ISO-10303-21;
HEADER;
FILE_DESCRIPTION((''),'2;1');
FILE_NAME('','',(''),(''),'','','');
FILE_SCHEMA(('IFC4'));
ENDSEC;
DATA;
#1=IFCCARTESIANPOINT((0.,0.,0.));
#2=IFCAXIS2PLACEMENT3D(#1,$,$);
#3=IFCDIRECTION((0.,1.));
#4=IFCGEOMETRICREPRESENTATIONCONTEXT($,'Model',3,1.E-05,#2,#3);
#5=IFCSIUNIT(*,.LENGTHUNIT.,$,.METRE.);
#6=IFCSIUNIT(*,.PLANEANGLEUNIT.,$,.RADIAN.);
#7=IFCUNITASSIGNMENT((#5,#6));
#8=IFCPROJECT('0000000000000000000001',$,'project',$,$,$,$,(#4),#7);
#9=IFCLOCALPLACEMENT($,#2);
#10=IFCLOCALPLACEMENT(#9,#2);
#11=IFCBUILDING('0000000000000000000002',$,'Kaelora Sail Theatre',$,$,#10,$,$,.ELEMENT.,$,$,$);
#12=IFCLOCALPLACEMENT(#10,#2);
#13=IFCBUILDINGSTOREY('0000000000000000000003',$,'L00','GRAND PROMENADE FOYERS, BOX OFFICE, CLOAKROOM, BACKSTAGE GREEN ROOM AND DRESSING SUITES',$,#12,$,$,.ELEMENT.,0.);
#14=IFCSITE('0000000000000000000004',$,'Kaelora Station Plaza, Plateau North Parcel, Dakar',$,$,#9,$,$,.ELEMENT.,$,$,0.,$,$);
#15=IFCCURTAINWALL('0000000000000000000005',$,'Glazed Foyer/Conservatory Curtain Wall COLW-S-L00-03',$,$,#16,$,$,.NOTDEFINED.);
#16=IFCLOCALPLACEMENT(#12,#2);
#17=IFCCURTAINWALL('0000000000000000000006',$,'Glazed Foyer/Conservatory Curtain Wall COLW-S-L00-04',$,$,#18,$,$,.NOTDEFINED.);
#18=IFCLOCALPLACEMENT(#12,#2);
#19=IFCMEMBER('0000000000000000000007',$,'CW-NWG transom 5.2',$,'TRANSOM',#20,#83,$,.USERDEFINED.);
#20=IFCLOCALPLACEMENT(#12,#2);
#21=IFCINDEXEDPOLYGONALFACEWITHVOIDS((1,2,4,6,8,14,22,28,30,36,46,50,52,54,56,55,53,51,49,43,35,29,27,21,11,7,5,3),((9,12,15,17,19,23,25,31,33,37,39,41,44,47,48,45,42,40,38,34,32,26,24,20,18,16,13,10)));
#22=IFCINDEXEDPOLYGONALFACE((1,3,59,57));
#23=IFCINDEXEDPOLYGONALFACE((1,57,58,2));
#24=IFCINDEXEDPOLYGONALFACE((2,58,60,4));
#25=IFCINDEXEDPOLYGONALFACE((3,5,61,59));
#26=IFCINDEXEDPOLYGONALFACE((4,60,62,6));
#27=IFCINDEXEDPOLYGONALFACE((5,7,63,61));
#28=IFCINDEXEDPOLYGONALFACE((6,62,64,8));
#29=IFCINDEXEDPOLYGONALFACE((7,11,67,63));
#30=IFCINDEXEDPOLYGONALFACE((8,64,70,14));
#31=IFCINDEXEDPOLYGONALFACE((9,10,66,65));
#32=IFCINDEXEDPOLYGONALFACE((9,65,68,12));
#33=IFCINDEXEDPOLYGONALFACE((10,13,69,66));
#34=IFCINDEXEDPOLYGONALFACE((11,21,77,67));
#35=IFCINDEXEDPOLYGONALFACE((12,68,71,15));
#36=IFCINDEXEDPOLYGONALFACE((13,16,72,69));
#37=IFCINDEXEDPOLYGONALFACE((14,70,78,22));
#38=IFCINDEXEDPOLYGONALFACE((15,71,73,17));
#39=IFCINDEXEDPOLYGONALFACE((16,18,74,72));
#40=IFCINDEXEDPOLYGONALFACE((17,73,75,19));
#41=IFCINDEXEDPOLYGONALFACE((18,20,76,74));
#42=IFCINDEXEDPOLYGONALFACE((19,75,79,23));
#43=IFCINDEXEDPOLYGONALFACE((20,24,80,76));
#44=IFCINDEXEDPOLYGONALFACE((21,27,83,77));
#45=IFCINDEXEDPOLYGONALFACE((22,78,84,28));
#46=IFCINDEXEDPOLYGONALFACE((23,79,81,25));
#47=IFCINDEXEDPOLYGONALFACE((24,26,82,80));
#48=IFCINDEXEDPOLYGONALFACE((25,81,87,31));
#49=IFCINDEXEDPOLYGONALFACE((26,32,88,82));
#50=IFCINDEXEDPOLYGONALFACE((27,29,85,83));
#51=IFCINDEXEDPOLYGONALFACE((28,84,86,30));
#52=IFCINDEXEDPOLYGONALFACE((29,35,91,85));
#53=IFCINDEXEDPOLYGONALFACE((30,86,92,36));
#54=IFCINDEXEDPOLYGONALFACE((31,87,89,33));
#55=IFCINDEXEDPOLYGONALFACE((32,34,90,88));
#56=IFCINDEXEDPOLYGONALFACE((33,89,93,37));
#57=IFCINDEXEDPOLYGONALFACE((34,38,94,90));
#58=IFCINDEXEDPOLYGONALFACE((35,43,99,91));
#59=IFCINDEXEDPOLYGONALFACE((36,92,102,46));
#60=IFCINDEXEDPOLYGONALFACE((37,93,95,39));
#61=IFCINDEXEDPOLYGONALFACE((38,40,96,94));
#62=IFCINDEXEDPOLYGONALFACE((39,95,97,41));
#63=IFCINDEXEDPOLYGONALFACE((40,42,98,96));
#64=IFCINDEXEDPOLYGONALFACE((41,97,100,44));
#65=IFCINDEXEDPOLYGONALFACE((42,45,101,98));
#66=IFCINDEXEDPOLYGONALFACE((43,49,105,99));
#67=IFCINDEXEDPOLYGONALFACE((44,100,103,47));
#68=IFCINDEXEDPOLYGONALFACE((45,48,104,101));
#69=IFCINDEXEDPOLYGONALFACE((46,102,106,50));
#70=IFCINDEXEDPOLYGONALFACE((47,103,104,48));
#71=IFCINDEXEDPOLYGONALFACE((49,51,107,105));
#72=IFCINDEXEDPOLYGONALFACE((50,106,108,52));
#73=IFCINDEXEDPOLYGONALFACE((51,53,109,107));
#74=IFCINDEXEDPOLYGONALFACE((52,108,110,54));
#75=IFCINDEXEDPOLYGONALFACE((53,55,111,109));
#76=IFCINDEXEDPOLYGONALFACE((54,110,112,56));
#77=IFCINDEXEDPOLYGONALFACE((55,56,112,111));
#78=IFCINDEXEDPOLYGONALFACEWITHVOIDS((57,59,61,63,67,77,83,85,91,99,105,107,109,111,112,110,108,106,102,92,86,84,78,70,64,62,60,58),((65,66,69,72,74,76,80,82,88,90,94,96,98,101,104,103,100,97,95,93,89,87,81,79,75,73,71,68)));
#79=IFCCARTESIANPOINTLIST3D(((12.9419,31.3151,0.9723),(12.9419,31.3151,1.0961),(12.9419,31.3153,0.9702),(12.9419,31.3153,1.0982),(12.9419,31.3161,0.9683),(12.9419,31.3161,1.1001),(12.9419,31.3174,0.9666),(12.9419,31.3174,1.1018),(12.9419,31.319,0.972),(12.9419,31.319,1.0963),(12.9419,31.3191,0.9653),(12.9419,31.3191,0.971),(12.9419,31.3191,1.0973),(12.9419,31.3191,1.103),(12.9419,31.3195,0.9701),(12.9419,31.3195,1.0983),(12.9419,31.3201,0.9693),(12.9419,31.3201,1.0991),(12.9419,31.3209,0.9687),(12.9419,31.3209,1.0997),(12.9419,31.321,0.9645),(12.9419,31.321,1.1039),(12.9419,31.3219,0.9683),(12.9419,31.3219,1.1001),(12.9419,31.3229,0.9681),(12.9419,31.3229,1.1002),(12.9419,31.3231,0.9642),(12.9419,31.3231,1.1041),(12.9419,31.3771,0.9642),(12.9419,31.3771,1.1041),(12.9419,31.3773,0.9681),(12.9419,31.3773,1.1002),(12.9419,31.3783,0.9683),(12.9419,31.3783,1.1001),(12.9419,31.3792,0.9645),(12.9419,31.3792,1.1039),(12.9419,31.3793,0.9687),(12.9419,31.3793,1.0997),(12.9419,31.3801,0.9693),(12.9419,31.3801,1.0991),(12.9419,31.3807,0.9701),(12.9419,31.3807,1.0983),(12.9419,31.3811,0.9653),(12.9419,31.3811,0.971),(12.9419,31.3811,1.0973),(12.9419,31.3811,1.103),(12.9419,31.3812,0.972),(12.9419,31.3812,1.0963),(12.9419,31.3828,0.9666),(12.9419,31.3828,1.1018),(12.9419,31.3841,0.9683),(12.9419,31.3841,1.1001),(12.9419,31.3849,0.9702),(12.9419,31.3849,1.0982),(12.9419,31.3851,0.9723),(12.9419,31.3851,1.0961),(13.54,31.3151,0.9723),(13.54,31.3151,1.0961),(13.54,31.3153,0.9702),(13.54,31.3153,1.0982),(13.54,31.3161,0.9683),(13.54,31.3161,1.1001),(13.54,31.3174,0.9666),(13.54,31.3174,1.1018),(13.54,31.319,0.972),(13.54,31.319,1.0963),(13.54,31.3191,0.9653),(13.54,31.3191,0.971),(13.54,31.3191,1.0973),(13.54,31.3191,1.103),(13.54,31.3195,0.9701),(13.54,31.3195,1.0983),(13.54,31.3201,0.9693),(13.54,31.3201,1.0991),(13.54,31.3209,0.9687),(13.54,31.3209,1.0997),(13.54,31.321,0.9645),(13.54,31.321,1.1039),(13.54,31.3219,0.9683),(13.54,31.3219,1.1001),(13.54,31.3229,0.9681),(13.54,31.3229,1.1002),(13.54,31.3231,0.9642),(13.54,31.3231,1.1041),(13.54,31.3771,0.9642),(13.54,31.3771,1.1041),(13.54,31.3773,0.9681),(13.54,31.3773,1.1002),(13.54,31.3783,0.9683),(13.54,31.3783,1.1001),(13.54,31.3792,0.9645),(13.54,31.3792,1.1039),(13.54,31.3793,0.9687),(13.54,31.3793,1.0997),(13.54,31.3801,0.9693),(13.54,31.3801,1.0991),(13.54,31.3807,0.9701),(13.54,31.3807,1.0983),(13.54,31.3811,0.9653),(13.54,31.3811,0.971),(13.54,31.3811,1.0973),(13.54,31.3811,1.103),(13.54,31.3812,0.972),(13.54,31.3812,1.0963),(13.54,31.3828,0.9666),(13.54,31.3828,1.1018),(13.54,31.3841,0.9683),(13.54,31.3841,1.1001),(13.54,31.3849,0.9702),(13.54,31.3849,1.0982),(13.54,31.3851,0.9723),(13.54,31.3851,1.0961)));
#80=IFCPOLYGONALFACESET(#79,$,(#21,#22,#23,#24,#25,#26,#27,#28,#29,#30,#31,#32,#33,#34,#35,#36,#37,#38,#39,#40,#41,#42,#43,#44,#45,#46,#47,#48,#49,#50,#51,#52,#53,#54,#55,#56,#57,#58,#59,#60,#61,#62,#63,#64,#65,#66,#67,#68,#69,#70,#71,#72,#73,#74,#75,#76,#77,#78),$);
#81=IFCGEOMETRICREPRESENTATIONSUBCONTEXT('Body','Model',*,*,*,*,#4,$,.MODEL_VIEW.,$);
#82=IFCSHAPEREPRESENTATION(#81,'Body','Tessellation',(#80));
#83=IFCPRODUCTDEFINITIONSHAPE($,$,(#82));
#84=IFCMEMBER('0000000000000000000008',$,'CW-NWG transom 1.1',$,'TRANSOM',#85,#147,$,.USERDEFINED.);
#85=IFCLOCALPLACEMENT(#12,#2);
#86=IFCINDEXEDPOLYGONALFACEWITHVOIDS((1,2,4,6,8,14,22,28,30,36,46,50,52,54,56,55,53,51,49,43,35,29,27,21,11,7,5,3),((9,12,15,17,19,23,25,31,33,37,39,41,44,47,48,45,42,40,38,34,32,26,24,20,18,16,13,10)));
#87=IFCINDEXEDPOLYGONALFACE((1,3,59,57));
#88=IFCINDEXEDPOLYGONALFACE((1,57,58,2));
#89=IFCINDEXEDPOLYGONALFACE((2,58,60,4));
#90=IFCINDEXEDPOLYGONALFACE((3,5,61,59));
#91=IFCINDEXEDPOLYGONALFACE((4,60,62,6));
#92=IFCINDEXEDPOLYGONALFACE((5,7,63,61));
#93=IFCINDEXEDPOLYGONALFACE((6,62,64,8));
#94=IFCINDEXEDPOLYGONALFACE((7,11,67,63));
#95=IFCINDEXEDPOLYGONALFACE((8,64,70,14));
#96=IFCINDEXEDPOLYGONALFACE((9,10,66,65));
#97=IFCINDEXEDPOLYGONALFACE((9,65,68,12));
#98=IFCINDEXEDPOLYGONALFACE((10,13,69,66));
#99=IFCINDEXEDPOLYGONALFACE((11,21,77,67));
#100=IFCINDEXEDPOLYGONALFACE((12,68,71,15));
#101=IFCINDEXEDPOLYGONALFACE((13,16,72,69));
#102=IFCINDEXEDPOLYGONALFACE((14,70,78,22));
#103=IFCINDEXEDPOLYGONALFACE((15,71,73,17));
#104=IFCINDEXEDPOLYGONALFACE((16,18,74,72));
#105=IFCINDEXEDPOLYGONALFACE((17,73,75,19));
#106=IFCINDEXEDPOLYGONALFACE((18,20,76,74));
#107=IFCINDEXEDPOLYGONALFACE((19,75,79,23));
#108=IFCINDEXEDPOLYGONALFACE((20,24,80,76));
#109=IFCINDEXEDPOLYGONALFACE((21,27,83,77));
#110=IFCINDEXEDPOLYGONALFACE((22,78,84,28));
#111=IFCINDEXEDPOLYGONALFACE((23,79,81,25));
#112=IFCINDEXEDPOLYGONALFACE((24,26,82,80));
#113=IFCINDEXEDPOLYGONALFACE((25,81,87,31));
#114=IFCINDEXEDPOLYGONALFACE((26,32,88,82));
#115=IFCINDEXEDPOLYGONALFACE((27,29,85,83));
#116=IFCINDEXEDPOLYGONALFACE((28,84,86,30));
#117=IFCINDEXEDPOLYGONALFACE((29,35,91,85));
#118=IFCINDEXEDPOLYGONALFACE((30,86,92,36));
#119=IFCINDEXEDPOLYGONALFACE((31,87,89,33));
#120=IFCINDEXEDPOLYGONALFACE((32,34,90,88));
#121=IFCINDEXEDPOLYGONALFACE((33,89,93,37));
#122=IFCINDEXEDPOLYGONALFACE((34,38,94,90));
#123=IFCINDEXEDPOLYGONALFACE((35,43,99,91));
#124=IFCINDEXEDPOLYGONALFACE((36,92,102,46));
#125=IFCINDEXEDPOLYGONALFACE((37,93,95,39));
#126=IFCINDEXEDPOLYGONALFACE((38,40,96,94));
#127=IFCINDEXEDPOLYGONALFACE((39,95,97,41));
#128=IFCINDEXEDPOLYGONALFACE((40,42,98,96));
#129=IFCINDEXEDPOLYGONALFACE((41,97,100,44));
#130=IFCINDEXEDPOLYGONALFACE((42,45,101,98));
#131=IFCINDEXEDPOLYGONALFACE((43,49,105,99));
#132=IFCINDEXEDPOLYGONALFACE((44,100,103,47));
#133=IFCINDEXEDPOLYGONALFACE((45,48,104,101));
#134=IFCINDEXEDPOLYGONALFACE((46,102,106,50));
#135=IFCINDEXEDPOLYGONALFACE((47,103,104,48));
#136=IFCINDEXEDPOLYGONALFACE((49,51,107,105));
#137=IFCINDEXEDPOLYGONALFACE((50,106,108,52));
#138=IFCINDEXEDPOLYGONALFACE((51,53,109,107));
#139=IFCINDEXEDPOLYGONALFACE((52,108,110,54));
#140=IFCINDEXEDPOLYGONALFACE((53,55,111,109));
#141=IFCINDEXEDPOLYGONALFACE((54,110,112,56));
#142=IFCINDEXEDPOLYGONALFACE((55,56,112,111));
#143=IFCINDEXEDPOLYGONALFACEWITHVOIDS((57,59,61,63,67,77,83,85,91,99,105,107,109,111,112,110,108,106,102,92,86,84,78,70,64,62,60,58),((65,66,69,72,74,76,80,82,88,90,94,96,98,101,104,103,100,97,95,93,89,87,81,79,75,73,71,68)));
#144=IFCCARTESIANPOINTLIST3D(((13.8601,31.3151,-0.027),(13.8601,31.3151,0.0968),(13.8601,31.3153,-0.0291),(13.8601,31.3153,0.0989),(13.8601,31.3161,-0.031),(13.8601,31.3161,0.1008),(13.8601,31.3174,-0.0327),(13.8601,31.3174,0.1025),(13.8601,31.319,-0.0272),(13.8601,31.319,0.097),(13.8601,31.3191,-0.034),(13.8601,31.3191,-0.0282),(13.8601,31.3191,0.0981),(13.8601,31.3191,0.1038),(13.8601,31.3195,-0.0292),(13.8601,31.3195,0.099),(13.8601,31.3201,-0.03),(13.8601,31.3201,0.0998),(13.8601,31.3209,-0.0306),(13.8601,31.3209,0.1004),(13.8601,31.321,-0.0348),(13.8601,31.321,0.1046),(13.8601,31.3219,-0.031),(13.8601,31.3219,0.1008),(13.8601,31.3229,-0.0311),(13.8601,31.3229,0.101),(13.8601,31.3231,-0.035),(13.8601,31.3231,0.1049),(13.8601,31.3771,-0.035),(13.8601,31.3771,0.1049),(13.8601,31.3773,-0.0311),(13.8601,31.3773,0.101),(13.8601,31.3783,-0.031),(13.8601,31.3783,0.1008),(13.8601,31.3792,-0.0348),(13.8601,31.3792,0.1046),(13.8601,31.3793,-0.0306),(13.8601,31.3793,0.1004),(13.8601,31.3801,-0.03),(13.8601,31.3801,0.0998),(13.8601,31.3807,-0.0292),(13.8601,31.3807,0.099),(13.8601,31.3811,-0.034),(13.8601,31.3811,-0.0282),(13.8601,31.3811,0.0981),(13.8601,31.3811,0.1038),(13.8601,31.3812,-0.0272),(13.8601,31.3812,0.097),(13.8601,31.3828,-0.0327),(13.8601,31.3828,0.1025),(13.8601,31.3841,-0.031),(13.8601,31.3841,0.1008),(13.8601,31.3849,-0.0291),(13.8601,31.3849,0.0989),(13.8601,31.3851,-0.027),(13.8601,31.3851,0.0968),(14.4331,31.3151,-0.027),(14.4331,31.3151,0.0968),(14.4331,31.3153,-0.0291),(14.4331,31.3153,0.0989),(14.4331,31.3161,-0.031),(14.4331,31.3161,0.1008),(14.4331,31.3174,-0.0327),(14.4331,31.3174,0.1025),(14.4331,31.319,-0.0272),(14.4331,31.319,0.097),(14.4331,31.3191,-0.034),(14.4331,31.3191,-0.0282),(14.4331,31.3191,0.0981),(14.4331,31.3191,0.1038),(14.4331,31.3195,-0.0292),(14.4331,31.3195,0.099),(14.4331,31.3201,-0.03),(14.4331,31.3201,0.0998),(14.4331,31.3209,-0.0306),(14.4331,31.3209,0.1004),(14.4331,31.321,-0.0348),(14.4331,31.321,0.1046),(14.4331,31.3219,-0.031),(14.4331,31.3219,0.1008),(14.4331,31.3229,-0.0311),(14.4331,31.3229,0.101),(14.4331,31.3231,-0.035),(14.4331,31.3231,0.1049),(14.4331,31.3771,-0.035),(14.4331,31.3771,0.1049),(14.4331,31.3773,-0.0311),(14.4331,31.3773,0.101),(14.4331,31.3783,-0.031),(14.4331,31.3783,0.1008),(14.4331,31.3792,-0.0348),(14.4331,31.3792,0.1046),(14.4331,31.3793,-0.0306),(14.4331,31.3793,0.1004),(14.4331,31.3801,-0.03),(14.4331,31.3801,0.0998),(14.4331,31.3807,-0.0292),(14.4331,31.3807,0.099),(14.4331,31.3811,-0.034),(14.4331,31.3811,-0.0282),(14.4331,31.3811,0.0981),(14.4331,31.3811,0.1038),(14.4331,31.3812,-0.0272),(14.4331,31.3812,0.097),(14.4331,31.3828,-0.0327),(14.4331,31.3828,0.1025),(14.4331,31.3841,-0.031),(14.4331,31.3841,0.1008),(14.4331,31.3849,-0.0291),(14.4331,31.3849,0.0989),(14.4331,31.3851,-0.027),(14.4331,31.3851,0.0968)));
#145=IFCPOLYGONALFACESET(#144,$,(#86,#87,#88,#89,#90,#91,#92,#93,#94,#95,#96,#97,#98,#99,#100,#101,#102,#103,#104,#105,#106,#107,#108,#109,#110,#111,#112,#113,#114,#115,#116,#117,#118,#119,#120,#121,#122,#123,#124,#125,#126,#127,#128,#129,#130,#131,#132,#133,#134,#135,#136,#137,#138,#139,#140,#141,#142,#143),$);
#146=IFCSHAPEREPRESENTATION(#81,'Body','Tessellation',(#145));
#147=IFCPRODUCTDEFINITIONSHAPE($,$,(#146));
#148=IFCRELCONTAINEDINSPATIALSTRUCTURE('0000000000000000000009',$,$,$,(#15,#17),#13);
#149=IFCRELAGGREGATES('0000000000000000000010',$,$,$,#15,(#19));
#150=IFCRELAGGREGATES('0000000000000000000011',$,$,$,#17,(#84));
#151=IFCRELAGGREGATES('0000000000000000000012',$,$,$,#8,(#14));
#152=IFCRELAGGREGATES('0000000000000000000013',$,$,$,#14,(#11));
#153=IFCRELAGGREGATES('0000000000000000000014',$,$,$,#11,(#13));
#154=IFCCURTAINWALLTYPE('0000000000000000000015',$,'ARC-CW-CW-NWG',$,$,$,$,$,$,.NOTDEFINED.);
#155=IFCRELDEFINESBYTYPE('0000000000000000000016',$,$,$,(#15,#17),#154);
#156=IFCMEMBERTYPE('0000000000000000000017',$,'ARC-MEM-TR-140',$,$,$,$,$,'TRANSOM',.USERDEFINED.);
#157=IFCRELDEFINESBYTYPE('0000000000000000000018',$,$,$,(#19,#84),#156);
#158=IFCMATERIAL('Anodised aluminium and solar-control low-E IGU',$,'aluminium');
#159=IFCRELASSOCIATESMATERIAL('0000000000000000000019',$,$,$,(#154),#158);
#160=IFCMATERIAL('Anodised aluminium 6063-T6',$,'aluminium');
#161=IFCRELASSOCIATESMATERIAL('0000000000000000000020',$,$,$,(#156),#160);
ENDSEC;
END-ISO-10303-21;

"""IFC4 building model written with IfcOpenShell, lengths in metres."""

from ifc_helpers import new_model, si_unit, direction, frame, origin, origin_2d, place, context, subcontext, project, spatial, hollow_rectangle, extrude, material, material_profile, profile_set, type_object, element, aggregate, save


model = new_model("IFC4")

# Units and contexts
model_context = context("Model", 3, precision=1e-05, world=origin(), true_north=direction((0.0, 1.0)))
body_context = subcontext(model_context, "Body", "Model", "MODEL_VIEW")
ifc_project = project(units=[si_unit("LENGTHUNIT", "METRE"), si_unit("PLANEANGLEUNIT", "RADIAN")], contexts=[model_context])

# Site, building, storey
site_placement = place(None, origin())
site = spatial("IfcSite", under=ifc_project, at=site_placement, Name="Kaelora Station Plaza, Plateau North Parcel, Dakar", CompositionType="ELEMENT", RefElevation=0.0)
building_placement = place(site_placement, origin())
building = spatial("IfcBuilding", under=site, at=building_placement, Name="Kaelora Sail Theatre", CompositionType="ELEMENT")
storey_placement = place(building_placement, origin())
storey = spatial("IfcBuildingStorey", under=building, at=storey_placement, Name="L00", Description="GRAND PROMENADE FOYERS, BOX OFFICE, CLOAKROOM, BACKSTAGE GREEN ROOM AND DRESSING SUITES", CompositionType="ELEMENT", Elevation=0.0)

# Curtain walls
ifc_material_1 = material(Name="Anodised aluminium and solar-control low-E IGU", Category="aluminium")
curtain_wall_type = type_object("IfcCurtainWallType", Name="ARC-CW-CW-NWG", PredefinedType="NOTDEFINED", material=ifc_material_1)
curtain_wall_1_placement = place(storey_placement, origin())
curtain_wall_1 = element("IfcCurtainWall", 1, at=curtain_wall_1_placement, inside=storey, type_object=curtain_wall_type, Name="Glazed Foyer/Conservatory Curtain Wall COLW-S-L00-03", PredefinedType="NOTDEFINED")
curtain_wall_2_placement = place(storey_placement, origin())
curtain_wall_2 = element("IfcCurtainWall", 2, at=curtain_wall_2_placement, inside=storey, type_object=curtain_wall_type, Name="Glazed Foyer/Conservatory Curtain Wall COLW-S-L00-04", PredefinedType="NOTDEFINED")

# Members
ifc_material_2 = material(Name="Anodised aluminium 6063-T6", Category="aluminium")
ifc_material_profile_1 = material_profile(ifc_material_2, hollow_rectangle(XDim=0.0701, YDim=0.1399, WallThickness=0.0039, InnerFilletRadius=0.0039, OuterFilletRadius=0.0081, at=origin_2d()), Name="ALU-TRAN 70x140x4")
ifc_profile_set_1 = profile_set([ifc_material_profile_1], Name="Anodised aluminium 6063-T6")
member_type_1 = type_object("IfcMemberType", Name="ARC-MEM-TR-140", ElementType="TRANSOM", PredefinedType="USERDEFINED", material=ifc_profile_set_1)
member_1_placement = place(storey_placement, frame((12.9419, 31.3501, 1.0342), z_axis=(1.0, 0.0, 0.0), x_axis=(0.0, 1.0, 0.0)))
member_1 = element("IfcMember", 3, at=member_1_placement, type_object=member_type_1, Name="CW-NWG transom 5.2", ObjectType="TRANSOM", PredefinedType="USERDEFINED", context=body_context, shape_type="SweptSolid", body=[
    extrude(hollow_rectangle(XDim=0.0701, YDim=0.1399, WallThickness=0.0039, InnerFilletRadius=0.0039, OuterFilletRadius=0.0081, at=origin_2d()), origin(), (0.0, 0.0, 1.0), 0.5981),
])
member_2_placement = place(storey_placement, frame((13.8601, 31.3501, 0.0349), z_axis=(1.0, 0.0, 0.0), x_axis=(0.0, 1.0, 0.0)))
member_2 = element("IfcMember", 4, at=member_2_placement, type_object=member_type_1, Name="CW-NWG transom 1.1", ObjectType="TRANSOM", PredefinedType="USERDEFINED", context=body_context, shape_type="SweptSolid", body=[
    extrude(hollow_rectangle(XDim=0.0701, YDim=0.1399, WallThickness=0.0039, InnerFilletRadius=0.0039, OuterFilletRadius=0.0081, at=origin_2d()), origin(), (0.0, 0.0, 1.0), 0.573),
])

aggregate(curtain_wall_1, [member_1])
aggregate(curtain_wall_2, [member_2])

save(model, "model.ifc")
